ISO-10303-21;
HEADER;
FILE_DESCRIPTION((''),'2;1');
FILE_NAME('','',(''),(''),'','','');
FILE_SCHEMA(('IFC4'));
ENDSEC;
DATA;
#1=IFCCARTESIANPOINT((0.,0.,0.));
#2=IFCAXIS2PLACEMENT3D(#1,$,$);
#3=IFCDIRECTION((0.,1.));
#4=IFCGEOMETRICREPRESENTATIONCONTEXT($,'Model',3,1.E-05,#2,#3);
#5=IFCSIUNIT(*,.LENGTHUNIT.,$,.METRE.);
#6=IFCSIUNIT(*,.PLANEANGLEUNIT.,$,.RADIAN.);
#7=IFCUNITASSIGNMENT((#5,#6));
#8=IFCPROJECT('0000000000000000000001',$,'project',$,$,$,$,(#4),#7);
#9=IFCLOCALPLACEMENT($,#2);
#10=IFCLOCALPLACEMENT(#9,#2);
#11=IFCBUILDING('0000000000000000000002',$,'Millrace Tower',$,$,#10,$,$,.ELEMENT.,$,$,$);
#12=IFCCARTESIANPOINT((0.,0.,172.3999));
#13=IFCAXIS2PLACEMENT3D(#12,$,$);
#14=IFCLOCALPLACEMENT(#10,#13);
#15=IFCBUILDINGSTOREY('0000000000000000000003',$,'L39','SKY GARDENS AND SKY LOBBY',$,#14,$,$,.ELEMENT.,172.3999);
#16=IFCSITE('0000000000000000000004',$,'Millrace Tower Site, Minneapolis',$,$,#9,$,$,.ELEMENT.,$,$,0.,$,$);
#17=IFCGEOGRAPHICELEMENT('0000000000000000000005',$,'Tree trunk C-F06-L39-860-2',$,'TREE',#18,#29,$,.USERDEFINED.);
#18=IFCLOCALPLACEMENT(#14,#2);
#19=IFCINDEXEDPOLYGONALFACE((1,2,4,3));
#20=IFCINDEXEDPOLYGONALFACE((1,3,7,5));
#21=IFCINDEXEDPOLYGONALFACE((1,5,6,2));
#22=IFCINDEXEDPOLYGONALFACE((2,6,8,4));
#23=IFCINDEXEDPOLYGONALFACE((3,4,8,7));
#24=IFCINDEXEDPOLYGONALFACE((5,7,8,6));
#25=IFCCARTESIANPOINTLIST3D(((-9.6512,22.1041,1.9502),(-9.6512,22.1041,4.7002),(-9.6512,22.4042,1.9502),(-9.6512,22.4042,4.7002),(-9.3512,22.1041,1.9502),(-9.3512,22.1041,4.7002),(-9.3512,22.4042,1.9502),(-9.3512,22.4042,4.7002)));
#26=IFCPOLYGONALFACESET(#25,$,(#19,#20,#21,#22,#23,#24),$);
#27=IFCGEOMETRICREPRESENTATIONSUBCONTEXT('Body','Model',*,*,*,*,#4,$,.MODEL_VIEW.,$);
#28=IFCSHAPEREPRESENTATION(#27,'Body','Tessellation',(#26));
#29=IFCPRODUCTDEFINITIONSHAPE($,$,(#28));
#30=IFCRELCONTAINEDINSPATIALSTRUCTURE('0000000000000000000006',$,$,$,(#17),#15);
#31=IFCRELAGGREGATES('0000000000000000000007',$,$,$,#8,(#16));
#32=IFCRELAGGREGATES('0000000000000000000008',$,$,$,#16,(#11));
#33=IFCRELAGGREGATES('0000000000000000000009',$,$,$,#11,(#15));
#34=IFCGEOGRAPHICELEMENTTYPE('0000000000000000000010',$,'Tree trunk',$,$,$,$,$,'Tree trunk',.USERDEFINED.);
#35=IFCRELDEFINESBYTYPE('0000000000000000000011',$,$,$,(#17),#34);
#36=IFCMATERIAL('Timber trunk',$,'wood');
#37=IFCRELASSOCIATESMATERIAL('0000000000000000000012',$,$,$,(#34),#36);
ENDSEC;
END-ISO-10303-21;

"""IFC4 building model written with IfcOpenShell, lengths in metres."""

from ifc_helpers import new_model, si_unit, direction, frame, origin, origin_2d, place, context, subcontext, project, spatial, rectangle, extrude, material, type_object, element, save


model = new_model("IFC4")

# Units and contexts
model_context = context("Model", 3, precision=1e-05, world=origin(), true_north=direction((0.0, 1.0)))
body_context = subcontext(model_context, "Body", "Model", "MODEL_VIEW")
ifc_project = project(units=[si_unit("LENGTHUNIT", "METRE"), si_unit("PLANEANGLEUNIT", "RADIAN")], contexts=[model_context])

# Site, building, storey
site_placement = place(None, origin())
site = spatial("IfcSite", under=ifc_project, at=site_placement, Name="Millrace Tower Site, Minneapolis", CompositionType="ELEMENT", RefElevation=0.0)
building_placement = place(site_placement, origin())
building = spatial("IfcBuilding", under=site, at=building_placement, Name="Millrace Tower", CompositionType="ELEMENT")
storey_placement = place(building_placement, frame((0.0, 0.0, 172.3999)))
storey = spatial("IfcBuildingStorey", under=building, at=storey_placement, Name="L39", Description="SKY GARDENS AND SKY LOBBY", CompositionType="ELEMENT", Elevation=172.3999)

# Geographic element
ifc_material_1 = material(Name="Timber trunk", Category="wood")
geographic_element_type_1 = type_object("IfcGeographicElementType", Name="Tree trunk", ElementType="Tree trunk", PredefinedType="USERDEFINED", material=ifc_material_1)
for number, where, z_axis, x_axis, name in (
    (1, (-9.5012, 22.2542, 1.9502), (0.0, 0.0, 1.0), (1.0, 0.0, 0.0), "Tree trunk C-F06-L39-860-2"),
):
    element("IfcGeographicElement", number, at=place(storey_placement, frame(where, z_axis=z_axis, x_axis=x_axis)), inside=storey, type_object=geographic_element_type_1, Name=name, ObjectType="TREE", PredefinedType="USERDEFINED", context=body_context, shape_type="SweptSolid", body=[
        extrude(rectangle(XDim=0.3, YDim=0.3, at=origin_2d()), origin(), (0.0, 0.0, 1.0), 2.75),
    ])

save(model, "model.ifc")
